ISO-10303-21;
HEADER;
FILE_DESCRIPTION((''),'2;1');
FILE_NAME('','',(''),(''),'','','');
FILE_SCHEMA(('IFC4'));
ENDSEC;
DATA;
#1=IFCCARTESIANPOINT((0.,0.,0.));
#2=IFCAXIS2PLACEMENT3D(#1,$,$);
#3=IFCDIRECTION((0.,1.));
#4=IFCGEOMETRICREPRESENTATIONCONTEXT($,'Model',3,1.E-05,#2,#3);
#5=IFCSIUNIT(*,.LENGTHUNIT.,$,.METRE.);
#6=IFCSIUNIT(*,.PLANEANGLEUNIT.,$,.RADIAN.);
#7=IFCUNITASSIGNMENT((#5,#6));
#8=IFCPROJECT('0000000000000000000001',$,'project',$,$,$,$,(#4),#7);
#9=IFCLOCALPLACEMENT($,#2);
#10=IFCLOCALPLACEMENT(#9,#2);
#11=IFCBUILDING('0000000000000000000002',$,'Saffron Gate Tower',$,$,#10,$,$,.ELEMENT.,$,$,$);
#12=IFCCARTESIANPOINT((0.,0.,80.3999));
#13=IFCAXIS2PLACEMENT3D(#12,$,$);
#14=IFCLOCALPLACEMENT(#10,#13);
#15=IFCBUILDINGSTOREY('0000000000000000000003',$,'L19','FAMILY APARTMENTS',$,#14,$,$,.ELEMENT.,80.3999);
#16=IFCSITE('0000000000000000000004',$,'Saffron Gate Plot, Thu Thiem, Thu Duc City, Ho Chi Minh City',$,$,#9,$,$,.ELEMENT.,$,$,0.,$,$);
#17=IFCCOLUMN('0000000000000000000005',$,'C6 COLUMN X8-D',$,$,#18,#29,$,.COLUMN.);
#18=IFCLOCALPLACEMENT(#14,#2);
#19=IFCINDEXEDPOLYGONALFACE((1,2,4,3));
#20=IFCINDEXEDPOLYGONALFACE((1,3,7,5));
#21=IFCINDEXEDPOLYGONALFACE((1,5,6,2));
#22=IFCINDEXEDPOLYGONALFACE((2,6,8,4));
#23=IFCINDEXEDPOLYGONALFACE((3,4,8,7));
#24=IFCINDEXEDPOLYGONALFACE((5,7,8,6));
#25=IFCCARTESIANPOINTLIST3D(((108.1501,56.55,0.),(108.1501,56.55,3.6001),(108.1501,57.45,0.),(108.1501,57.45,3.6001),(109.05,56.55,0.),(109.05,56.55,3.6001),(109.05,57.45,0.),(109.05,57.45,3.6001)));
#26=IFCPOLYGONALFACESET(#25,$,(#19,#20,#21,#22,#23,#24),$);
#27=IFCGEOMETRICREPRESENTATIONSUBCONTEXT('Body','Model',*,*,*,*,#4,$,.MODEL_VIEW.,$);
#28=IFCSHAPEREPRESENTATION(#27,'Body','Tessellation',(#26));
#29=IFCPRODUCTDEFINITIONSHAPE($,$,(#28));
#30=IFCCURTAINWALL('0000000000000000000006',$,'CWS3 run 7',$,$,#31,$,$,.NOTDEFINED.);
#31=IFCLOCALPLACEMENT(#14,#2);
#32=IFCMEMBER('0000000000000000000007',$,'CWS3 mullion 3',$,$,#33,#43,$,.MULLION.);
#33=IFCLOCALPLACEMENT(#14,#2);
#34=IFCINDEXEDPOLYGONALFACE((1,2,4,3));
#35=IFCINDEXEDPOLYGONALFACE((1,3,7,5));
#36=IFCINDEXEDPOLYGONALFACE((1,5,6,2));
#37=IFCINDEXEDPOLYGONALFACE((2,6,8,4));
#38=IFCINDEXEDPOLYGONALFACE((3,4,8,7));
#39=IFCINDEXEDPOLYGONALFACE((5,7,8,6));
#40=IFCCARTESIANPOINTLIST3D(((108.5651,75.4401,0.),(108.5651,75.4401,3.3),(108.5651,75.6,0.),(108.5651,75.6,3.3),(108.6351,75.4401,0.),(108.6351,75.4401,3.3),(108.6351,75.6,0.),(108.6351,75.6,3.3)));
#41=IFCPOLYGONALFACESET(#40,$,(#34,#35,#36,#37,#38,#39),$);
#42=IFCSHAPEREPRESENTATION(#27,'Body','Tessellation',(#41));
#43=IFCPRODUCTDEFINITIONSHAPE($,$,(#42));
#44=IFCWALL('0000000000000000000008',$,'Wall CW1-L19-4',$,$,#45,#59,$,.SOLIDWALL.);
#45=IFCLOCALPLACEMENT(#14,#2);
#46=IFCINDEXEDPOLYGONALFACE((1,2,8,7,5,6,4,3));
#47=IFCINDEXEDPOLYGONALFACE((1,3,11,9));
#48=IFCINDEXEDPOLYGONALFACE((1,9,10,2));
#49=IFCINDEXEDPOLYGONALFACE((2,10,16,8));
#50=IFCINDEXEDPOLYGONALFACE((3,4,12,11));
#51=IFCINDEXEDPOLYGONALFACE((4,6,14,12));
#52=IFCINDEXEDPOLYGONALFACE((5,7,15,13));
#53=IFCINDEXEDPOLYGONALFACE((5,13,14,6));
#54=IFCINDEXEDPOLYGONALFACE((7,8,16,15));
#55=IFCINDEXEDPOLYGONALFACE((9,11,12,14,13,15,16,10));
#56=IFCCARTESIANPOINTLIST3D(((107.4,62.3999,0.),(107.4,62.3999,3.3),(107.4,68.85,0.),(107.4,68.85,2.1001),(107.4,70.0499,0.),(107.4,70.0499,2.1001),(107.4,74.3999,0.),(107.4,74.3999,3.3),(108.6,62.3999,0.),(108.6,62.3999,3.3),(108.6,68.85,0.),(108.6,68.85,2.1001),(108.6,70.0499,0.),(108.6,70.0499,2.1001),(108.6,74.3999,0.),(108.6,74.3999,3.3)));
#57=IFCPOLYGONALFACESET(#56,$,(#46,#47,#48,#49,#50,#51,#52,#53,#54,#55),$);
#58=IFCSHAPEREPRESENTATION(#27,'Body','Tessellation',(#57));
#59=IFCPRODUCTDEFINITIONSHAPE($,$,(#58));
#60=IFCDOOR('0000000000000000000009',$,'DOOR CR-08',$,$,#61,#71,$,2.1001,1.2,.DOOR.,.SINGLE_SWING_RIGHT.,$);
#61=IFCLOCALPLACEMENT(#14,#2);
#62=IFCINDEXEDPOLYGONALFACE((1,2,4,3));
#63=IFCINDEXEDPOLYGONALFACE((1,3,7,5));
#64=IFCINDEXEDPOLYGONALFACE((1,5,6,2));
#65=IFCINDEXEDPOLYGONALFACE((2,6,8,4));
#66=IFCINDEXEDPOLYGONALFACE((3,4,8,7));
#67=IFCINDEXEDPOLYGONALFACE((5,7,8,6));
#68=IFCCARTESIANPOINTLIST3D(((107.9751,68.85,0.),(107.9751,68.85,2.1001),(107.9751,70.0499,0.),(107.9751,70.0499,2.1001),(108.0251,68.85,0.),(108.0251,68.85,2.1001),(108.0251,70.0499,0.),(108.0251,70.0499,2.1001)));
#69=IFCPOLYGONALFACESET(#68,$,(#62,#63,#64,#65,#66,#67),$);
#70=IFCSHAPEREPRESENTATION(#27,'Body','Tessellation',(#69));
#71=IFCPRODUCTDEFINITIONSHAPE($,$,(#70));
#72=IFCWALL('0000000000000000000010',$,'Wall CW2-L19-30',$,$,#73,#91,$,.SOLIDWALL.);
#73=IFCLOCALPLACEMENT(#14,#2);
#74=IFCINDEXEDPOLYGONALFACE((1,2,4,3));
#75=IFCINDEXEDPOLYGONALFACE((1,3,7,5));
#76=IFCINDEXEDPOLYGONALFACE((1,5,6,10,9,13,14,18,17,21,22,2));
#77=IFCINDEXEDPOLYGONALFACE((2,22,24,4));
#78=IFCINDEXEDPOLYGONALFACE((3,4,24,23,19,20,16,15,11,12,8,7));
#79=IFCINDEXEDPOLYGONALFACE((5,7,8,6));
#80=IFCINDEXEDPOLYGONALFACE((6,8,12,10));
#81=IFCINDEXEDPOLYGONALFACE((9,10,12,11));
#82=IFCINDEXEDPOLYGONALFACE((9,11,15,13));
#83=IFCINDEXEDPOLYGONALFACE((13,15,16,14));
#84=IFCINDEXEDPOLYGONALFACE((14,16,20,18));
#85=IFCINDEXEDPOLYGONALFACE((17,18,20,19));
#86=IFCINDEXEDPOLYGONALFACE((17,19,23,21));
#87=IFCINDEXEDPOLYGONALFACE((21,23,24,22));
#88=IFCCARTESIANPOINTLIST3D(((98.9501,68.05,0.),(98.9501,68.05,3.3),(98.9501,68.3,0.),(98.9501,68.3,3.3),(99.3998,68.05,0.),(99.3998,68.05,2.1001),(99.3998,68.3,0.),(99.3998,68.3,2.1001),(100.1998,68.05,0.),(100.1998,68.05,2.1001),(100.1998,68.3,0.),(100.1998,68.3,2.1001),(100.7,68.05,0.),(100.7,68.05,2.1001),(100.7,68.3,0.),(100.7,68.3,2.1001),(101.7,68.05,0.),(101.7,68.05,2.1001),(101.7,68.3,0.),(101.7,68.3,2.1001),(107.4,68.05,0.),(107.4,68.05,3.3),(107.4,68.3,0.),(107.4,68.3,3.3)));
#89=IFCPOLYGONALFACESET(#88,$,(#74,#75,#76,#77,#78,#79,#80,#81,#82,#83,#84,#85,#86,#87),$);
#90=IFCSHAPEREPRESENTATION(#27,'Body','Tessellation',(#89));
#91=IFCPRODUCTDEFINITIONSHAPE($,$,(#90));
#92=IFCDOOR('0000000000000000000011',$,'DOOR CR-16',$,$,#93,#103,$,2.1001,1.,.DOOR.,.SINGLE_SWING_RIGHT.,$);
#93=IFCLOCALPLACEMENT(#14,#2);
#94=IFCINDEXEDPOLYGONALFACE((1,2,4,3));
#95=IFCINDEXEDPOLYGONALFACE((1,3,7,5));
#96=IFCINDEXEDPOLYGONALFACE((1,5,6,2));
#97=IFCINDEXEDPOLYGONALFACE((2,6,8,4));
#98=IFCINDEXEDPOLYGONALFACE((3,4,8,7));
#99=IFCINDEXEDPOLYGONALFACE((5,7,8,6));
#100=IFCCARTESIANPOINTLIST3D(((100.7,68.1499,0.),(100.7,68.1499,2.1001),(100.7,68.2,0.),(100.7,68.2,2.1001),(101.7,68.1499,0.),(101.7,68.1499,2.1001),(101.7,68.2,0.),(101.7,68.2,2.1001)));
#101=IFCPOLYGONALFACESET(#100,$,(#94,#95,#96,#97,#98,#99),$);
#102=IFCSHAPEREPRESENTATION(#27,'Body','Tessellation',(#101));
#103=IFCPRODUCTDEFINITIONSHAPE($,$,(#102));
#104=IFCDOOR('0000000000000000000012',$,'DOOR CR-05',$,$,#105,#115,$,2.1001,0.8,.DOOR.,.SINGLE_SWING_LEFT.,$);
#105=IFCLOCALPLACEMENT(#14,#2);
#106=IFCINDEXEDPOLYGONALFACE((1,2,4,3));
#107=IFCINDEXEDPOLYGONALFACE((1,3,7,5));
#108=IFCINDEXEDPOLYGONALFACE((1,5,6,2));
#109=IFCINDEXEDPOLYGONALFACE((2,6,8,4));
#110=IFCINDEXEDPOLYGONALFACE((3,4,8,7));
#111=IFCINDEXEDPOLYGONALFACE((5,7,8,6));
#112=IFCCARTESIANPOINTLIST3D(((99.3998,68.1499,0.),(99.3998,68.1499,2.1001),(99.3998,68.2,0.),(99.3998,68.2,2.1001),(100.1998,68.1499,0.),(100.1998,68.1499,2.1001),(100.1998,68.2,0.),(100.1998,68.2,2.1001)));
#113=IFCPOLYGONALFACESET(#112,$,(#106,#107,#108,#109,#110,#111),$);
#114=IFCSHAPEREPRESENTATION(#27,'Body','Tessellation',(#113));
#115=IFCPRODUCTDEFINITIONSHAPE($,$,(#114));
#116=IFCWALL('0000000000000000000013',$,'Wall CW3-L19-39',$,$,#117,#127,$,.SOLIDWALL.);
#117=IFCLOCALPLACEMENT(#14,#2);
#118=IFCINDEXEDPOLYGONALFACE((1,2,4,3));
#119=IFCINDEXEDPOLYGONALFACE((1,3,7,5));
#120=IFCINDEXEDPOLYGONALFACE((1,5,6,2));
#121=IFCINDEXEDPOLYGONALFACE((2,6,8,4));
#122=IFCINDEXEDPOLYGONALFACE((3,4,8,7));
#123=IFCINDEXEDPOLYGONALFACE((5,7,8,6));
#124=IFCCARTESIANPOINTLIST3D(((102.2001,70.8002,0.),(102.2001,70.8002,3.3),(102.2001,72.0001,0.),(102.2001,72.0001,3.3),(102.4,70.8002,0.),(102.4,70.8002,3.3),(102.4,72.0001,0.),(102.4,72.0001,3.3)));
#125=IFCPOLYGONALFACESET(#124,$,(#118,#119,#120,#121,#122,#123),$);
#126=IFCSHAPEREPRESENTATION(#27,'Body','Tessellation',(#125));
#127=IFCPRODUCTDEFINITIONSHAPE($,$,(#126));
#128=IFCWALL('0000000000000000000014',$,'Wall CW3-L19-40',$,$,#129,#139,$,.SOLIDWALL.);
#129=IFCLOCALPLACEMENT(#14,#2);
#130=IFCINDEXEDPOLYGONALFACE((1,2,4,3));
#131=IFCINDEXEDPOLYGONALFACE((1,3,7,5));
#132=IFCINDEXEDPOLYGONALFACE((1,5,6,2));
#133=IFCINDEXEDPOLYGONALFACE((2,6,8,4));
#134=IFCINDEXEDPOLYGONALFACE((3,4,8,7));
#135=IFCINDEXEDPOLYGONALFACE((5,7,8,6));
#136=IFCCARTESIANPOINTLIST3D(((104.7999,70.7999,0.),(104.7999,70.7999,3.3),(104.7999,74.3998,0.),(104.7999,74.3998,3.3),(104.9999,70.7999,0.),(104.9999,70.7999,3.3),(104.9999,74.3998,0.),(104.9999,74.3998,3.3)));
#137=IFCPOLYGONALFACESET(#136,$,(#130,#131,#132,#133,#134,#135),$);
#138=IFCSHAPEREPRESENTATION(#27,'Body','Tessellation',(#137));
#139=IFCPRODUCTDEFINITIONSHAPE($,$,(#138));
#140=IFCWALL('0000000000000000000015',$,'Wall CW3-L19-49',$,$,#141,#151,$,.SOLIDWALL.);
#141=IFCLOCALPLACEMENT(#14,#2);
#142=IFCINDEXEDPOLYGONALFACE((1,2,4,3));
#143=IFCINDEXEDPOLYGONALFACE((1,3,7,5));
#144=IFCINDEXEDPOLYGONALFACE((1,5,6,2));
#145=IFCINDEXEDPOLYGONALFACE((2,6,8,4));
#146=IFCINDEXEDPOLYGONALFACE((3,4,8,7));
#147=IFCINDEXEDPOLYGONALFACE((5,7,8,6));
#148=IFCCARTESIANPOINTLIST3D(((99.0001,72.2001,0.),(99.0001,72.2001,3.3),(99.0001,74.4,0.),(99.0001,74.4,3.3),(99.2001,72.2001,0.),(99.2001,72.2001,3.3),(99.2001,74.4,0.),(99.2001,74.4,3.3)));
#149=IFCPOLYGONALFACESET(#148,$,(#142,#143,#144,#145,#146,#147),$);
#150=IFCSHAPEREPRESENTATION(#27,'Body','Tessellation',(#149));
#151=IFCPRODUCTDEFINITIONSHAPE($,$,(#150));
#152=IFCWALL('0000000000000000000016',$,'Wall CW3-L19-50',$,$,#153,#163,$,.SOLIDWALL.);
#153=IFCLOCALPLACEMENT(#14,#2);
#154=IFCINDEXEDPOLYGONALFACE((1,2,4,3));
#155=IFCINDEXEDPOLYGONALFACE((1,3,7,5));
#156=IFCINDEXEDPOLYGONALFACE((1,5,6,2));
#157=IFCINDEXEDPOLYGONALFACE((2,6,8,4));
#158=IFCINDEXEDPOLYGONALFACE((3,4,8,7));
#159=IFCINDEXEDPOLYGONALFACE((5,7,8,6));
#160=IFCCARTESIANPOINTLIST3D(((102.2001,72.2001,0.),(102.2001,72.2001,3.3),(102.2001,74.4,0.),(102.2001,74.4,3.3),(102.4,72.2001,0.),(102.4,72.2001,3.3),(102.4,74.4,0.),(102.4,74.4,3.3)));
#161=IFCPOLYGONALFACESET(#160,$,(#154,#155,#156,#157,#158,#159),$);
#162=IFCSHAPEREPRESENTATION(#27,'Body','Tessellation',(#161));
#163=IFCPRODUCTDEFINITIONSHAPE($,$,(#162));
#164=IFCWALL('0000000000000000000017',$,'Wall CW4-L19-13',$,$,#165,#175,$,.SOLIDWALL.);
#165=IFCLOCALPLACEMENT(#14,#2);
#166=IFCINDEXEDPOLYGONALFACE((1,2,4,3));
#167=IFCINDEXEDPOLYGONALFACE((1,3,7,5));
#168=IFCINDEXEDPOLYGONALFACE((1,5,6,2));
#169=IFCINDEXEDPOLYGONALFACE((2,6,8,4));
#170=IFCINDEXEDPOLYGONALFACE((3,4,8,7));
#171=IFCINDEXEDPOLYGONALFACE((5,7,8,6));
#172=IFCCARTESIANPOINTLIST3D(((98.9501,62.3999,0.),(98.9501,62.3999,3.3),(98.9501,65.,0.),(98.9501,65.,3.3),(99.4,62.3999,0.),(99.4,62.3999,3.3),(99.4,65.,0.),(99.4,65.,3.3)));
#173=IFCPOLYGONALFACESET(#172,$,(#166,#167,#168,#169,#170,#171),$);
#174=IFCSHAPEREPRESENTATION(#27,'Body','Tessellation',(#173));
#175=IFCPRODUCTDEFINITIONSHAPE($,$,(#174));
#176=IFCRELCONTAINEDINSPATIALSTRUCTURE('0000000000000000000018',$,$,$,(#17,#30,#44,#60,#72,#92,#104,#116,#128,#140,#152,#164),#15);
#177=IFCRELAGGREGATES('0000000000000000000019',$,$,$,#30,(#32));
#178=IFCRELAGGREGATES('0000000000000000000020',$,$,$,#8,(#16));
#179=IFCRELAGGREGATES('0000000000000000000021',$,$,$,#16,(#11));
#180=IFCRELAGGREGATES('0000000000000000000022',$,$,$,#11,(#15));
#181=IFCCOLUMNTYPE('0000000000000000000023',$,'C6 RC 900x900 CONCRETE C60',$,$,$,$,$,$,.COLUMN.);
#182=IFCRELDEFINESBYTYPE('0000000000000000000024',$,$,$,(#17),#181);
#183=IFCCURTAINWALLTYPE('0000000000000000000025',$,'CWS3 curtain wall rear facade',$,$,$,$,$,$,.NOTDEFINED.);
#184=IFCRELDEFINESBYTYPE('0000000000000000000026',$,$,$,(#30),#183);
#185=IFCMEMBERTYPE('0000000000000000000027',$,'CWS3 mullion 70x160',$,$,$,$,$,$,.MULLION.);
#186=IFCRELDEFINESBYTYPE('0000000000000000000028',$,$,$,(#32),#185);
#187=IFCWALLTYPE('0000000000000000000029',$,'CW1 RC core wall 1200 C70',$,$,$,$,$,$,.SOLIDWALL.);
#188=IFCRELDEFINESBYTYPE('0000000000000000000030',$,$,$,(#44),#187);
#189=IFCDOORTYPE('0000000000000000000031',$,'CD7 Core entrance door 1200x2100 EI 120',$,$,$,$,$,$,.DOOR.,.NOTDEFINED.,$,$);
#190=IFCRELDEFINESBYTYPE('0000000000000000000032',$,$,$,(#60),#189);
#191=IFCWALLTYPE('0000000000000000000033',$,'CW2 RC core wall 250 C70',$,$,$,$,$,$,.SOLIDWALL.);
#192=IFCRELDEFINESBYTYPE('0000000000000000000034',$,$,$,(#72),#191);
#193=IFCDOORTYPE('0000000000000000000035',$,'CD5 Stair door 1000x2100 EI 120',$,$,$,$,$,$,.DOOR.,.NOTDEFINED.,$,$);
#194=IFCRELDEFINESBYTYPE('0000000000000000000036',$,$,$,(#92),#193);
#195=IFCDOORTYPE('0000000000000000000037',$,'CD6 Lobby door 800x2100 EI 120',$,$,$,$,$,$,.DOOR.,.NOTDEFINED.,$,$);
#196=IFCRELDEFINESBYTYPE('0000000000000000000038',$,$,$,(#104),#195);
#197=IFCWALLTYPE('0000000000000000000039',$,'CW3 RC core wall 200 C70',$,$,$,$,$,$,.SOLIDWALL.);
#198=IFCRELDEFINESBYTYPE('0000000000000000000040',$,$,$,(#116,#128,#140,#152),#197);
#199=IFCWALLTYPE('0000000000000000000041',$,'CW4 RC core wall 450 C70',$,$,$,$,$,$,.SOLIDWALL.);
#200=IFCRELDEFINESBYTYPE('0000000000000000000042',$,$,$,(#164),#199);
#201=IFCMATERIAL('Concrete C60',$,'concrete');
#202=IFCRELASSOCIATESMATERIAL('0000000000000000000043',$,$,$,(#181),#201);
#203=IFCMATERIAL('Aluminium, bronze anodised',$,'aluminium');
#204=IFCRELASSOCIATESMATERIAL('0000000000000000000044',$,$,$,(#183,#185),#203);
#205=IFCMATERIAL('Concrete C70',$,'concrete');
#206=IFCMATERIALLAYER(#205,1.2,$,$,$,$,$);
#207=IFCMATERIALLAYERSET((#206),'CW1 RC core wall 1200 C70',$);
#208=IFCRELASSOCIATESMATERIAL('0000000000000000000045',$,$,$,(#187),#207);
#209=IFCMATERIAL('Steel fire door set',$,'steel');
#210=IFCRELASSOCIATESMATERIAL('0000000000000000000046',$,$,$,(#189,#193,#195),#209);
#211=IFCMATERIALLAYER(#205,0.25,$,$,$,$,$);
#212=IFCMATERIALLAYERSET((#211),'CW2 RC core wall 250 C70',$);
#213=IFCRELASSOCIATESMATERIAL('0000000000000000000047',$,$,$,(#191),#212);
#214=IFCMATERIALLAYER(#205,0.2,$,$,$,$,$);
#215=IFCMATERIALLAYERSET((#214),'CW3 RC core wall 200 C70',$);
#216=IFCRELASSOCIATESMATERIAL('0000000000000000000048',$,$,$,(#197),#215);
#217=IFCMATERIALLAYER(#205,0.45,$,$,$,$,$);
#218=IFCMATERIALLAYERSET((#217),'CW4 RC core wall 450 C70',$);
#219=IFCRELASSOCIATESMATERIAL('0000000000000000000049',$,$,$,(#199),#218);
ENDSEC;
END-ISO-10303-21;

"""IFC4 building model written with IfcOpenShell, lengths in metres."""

from ifc_helpers import new_model, si_unit, direction, frame, frame_2d, origin, origin_2d, place, context, subcontext, project, spatial, rectangle, extrude, material, layer, layer_set, material_profile, profile_set, type_object, element, fill, aggregate, save


model = new_model("IFC4")

# Units and contexts
model_context = context("Model", 3, precision=1e-05, world=origin(), true_north=direction((0.0, 1.0)))
body_context = subcontext(model_context, "Body", "Model", "MODEL_VIEW")
ifc_project = project(units=[si_unit("LENGTHUNIT", "METRE"), si_unit("PLANEANGLEUNIT", "RADIAN")], contexts=[model_context])

# Site, building, storey
site_placement = place(None, origin())
site = spatial("IfcSite", under=ifc_project, at=site_placement, Name="Saffron Gate Plot, Thu Thiem, Thu Duc City, Ho Chi Minh City", CompositionType="ELEMENT", RefElevation=0.0)
building_placement = place(site_placement, origin())
building = spatial("IfcBuilding", under=site, at=building_placement, Name="Saffron Gate Tower", CompositionType="ELEMENT")
storey_placement = place(building_placement, frame((0.0, 0.0, 80.3999)))
storey = spatial("IfcBuildingStorey", under=building, at=storey_placement, Name="L19", Description="FAMILY APARTMENTS", CompositionType="ELEMENT", Elevation=80.3999)

# Column
ifc_material_1 = material(Name="Concrete C60", Category="concrete")
ifc_material_profile_1 = material_profile(ifc_material_1, rectangle(XDim=0.8999, YDim=0.8999, at=origin_2d()))
ifc_profile_set_1 = profile_set([ifc_material_profile_1], Name="Concrete C60")
column_type = type_object("IfcColumnType", Name="C6 RC 900x900 CONCRETE C60", PredefinedType="COLUMN", material=ifc_profile_set_1)
column_placement = place(storey_placement, frame((108.6001, 57.0, 0.0), z_axis=(0.0, 0.0, 1.0), x_axis=(1.0, 0.0, 0.0)))
element("IfcColumn", 1, at=column_placement, inside=storey, type_object=column_type, Name="C6 COLUMN X8-D", PredefinedType="COLUMN", context=body_context, shape_type="SweptSolid", body=[
    extrude(rectangle(XDim=0.8999, YDim=0.8999, at=origin_2d()), origin(), (0.0, 0.0, 1.0), 3.6001),
])

# Curtain wall, member
ifc_material_2 = material(Name="Aluminium, bronze anodised", Category="aluminium")
curtain_wall_type = type_object("IfcCurtainWallType", Name="CWS3 curtain wall rear facade", PredefinedType="NOTDEFINED", material=ifc_material_2)
curtain_wall_placement = place(storey_placement, origin())
curtain_wall = element("IfcCurtainWall", 2, at=curtain_wall_placement, inside=storey, type_object=curtain_wall_type, Name="CWS3 run 7", PredefinedType="NOTDEFINED")
ifc_material_profile_2 = material_profile(ifc_material_2, rectangle(XDim=0.1599, YDim=0.0701, at=origin_2d()))
ifc_profile_set_2 = profile_set([ifc_material_profile_2], Name="Aluminium, bronze anodised")
member_type = type_object("IfcMemberType", Name="CWS3 mullion 70x160", PredefinedType="MULLION", material=ifc_profile_set_2)
member_placement = place(storey_placement, frame((108.6001, 75.52, 0.0), z_axis=(0.0, 0.0, 1.0), x_axis=(0.0, -1.0, 0.0)))
member = element("IfcMember", 3, at=member_placement, type_object=member_type, Name="CWS3 mullion 3", PredefinedType="MULLION", context=body_context, shape_type="SweptSolid", body=[
    extrude(rectangle(XDim=0.1599, YDim=0.0701, at=origin_2d()), origin(), (0.0, 0.0, 1.0), 3.3),
])
aggregate(curtain_wall, [member])

# Wall, opening, door
ifc_material_3 = material(Name="Concrete C70", Category="concrete")
ifc_layer_1 = layer(ifc_material_3, 1.2)
ifc_layer_set_1 = layer_set([ifc_layer_1], Name="CW1 RC core wall 1200 C70")
wall_type_1 = type_object("IfcWallType", Name="CW1 RC core wall 1200 C70", PredefinedType="SOLIDWALL", material=ifc_layer_set_1)
wall_1_placement = place(storey_placement, frame((108.0, 62.3999, 0.0), z_axis=(0.0, 0.0, 1.0), x_axis=(0.0, 1.0, 0.0)))
wall_1 = element("IfcWall", 4, at=wall_1_placement, inside=storey, type_object=wall_type_1, Name="Wall CW1-L19-4", PredefinedType="SOLIDWALL", context=body_context, shape_type="SweptSolid", body=[
    extrude(rectangle(XDim=12.0, YDim=1.2, at=frame_2d((6.0, 0.0))), origin(), (0.0, 0.0, 1.0), 3.3),
])
opening_1_placement = place(wall_1_placement, frame((6.45, 0.0, 0.0)))
opening_1 = element("IfcOpeningElement", 5, at=opening_1_placement, cuts=wall_1, PredefinedType="OPENING", context=body_context, shape_type="SweptSolid", body=[
    extrude(rectangle(XDim=1.2, YDim=2.1001, at=frame_2d((0.6001, 1.05))), frame((0.0, 0.6099, 0.0), z_axis=(0.0, -1.0, 0.0), x_axis=(1.0, 0.0, 0.0)), (0.0, 0.0, 1.0), 1.22),
])
ifc_material_4 = material(Name="Steel fire door set", Category="steel")
door_type_1 = type_object("IfcDoorType", Name="CD7 Core entrance door 1200x2100 EI 120", OperationType="NOTDEFINED", PredefinedType="DOOR", material=ifc_material_4)
door_1_placement = place(opening_1_placement, origin())
door_1 = element("IfcDoor", 6, at=door_1_placement, inside=storey, type_object=door_type_1, Name="DOOR CR-08", OperationType="SINGLE_SWING_RIGHT", OverallHeight=2.1001, OverallWidth=1.2, PredefinedType="DOOR", context=body_context, shape_type="SweptSolid", body=[
    extrude(rectangle(XDim=1.2, YDim=2.1001, at=frame_2d((0.6001, 1.05))), frame((0.0, 0.0249, 0.0), z_axis=(0.0, -1.0, 0.0), x_axis=(1.0, 0.0, 0.0)), (0.0, 0.0, 1.0), 0.05),
])
fill(opening_1, door_1)

# Wall, openings, doors
ifc_layer_2 = layer(ifc_material_3, 0.25)
ifc_layer_set_2 = layer_set([ifc_layer_2], Name="CW2 RC core wall 250 C70")
wall_type_2 = type_object("IfcWallType", Name="CW2 RC core wall 250 C70", PredefinedType="SOLIDWALL", material=ifc_layer_set_2)
wall_2_placement = place(storey_placement, frame((98.95, 68.175, 0.0), z_axis=(0.0, 0.0, 1.0), x_axis=(1.0, 0.0, 0.0)))
wall_2 = element("IfcWall", 7, at=wall_2_placement, inside=storey, type_object=wall_type_2, Name="Wall CW2-L19-30", PredefinedType="SOLIDWALL", context=body_context, shape_type="SweptSolid", body=[
    extrude(rectangle(XDim=8.45, YDim=0.25, at=frame_2d((4.2251, 0.0))), origin(), (0.0, 0.0, 1.0), 3.3),
])
opening_2_placement = place(wall_2_placement, frame((0.45, 0.0, 0.0)))
opening_2 = element("IfcOpeningElement", 8, at=opening_2_placement, cuts=wall_2, PredefinedType="OPENING", context=body_context, shape_type="SweptSolid", body=[
    extrude(rectangle(XDim=0.8, YDim=2.1001, at=frame_2d((0.3999, 1.05))), frame((0.0, 0.135, 0.0), z_axis=(0.0, -1.0, 0.0), x_axis=(1.0, 0.0, 0.0)), (0.0, 0.0, 1.0), 0.27),
])
opening_3_placement = place(wall_2_placement, frame((1.75, 0.0, 0.0)))
opening_3 = element("IfcOpeningElement", 9, at=opening_3_placement, cuts=wall_2, PredefinedType="OPENING", context=body_context, shape_type="SweptSolid", body=[
    extrude(rectangle(XDim=1.0, YDim=2.1001, at=frame_2d((0.5, 1.05))), frame((0.0, 0.135, 0.0), z_axis=(0.0, -1.0, 0.0), x_axis=(1.0, 0.0, 0.0)), (0.0, 0.0, 1.0), 0.27),
])
door_type_2 = type_object("IfcDoorType", Name="CD5 Stair door 1000x2100 EI 120", OperationType="NOTDEFINED", PredefinedType="DOOR", material=ifc_material_4)
door_2_placement = place(opening_3_placement, origin())
door_2 = element("IfcDoor", 10, at=door_2_placement, inside=storey, type_object=door_type_2, Name="DOOR CR-16", OperationType="SINGLE_SWING_RIGHT", OverallHeight=2.1001, OverallWidth=1.0, PredefinedType="DOOR", context=body_context, shape_type="SweptSolid", body=[
    extrude(rectangle(XDim=1.0, YDim=2.1001, at=frame_2d((0.5, 1.05))), frame((0.0, 0.0249, 0.0), z_axis=(0.0, -1.0, 0.0), x_axis=(1.0, 0.0, 0.0)), (0.0, 0.0, 1.0), 0.05),
])
fill(opening_3, door_2)
door_type_3 = type_object("IfcDoorType", Name="CD6 Lobby door 800x2100 EI 120", OperationType="NOTDEFINED", PredefinedType="DOOR", material=ifc_material_4)
door_3_placement = place(opening_2_placement, origin())
door_3 = element("IfcDoor", 11, at=door_3_placement, inside=storey, type_object=door_type_3, Name="DOOR CR-05", OperationType="SINGLE_SWING_LEFT", OverallHeight=2.1001, OverallWidth=0.8, PredefinedType="DOOR", context=body_context, shape_type="SweptSolid", body=[
    extrude(rectangle(XDim=0.8, YDim=2.1001, at=frame_2d((0.3999, 1.05))), frame((0.0, 0.0249, 0.0), z_axis=(0.0, -1.0, 0.0), x_axis=(1.0, 0.0, 0.0)), (0.0, 0.0, 1.0), 0.05),
])
fill(opening_2, door_3)

# Walls
ifc_layer_3 = layer(ifc_material_3, 0.2)
ifc_layer_set_3 = layer_set([ifc_layer_3], Name="CW3 RC core wall 200 C70")
wall_type_3 = type_object("IfcWallType", Name="CW3 RC core wall 200 C70", PredefinedType="SOLIDWALL", material=ifc_layer_set_3)
wall_3_placement = place(storey_placement, frame((102.3, 70.8, 0.0), z_axis=(0.0, 0.0, 1.0), x_axis=(0.0, 1.0, 0.0)))
element("IfcWall", 12, at=wall_3_placement, inside=storey, type_object=wall_type_3, Name="Wall CW3-L19-39", PredefinedType="SOLIDWALL", context=body_context, shape_type="SweptSolid", body=[
    extrude(rectangle(XDim=1.2, YDim=0.2, at=frame_2d((0.6001, 0.0))), origin(), (0.0, 0.0, 1.0), 3.3),
])
wall_4_placement = place(storey_placement, frame((104.8999, 70.8, 0.0), z_axis=(0.0, 0.0, 1.0), x_axis=(0.0, 1.0, 0.0)))
element("IfcWall", 13, at=wall_4_placement, inside=storey, type_object=wall_type_3, Name="Wall CW3-L19-40", PredefinedType="SOLIDWALL", context=body_context, shape_type="SweptSolid", body=[
    extrude(rectangle(XDim=3.5999, YDim=0.2, at=frame_2d((1.7998, 0.0))), origin(), (0.0, 0.0, 1.0), 3.3),
])
for number, where, z_axis, x_axis, name in (
    (14, (99.1001, 72.2, 0.0), (0.0, 0.0, 1.0), (0.0, 1.0, 0.0), "Wall CW3-L19-49"),
    (15, (102.3, 72.2, 0.0), (0.0, 0.0, 1.0), (0.0, 1.0, 0.0), "Wall CW3-L19-50"),
):
    element("IfcWall", number, at=place(storey_placement, frame(where, z_axis=z_axis, x_axis=x_axis)), inside=storey, type_object=wall_type_3, Name=name, PredefinedType="SOLIDWALL", context=body_context, shape_type="SweptSolid", body=[
        extrude(rectangle(XDim=2.2, YDim=0.2, at=frame_2d((1.1001, 0.0))), origin(), (0.0, 0.0, 1.0), 3.3),
    ])
ifc_layer_4 = layer(ifc_material_3, 0.45)
ifc_layer_set_4 = layer_set([ifc_layer_4], Name="CW4 RC core wall 450 C70")
wall_type_4 = type_object("IfcWallType", Name="CW4 RC core wall 450 C70", PredefinedType="SOLIDWALL", material=ifc_layer_set_4)
wall_5_placement = place(storey_placement, frame((99.175, 62.3999, 0.0), z_axis=(0.0, 0.0, 1.0), x_axis=(0.0, 1.0, 0.0)))
element("IfcWall", 16, at=wall_5_placement, inside=storey, type_object=wall_type_4, Name="Wall CW4-L19-13", PredefinedType="SOLIDWALL", context=body_context, shape_type="SweptSolid", body=[
    extrude(rectangle(XDim=2.6001, YDim=0.45, at=frame_2d((1.3, 0.0))), origin(), (0.0, 0.0, 1.0), 3.3),
])

save(model, "model.ifc")
